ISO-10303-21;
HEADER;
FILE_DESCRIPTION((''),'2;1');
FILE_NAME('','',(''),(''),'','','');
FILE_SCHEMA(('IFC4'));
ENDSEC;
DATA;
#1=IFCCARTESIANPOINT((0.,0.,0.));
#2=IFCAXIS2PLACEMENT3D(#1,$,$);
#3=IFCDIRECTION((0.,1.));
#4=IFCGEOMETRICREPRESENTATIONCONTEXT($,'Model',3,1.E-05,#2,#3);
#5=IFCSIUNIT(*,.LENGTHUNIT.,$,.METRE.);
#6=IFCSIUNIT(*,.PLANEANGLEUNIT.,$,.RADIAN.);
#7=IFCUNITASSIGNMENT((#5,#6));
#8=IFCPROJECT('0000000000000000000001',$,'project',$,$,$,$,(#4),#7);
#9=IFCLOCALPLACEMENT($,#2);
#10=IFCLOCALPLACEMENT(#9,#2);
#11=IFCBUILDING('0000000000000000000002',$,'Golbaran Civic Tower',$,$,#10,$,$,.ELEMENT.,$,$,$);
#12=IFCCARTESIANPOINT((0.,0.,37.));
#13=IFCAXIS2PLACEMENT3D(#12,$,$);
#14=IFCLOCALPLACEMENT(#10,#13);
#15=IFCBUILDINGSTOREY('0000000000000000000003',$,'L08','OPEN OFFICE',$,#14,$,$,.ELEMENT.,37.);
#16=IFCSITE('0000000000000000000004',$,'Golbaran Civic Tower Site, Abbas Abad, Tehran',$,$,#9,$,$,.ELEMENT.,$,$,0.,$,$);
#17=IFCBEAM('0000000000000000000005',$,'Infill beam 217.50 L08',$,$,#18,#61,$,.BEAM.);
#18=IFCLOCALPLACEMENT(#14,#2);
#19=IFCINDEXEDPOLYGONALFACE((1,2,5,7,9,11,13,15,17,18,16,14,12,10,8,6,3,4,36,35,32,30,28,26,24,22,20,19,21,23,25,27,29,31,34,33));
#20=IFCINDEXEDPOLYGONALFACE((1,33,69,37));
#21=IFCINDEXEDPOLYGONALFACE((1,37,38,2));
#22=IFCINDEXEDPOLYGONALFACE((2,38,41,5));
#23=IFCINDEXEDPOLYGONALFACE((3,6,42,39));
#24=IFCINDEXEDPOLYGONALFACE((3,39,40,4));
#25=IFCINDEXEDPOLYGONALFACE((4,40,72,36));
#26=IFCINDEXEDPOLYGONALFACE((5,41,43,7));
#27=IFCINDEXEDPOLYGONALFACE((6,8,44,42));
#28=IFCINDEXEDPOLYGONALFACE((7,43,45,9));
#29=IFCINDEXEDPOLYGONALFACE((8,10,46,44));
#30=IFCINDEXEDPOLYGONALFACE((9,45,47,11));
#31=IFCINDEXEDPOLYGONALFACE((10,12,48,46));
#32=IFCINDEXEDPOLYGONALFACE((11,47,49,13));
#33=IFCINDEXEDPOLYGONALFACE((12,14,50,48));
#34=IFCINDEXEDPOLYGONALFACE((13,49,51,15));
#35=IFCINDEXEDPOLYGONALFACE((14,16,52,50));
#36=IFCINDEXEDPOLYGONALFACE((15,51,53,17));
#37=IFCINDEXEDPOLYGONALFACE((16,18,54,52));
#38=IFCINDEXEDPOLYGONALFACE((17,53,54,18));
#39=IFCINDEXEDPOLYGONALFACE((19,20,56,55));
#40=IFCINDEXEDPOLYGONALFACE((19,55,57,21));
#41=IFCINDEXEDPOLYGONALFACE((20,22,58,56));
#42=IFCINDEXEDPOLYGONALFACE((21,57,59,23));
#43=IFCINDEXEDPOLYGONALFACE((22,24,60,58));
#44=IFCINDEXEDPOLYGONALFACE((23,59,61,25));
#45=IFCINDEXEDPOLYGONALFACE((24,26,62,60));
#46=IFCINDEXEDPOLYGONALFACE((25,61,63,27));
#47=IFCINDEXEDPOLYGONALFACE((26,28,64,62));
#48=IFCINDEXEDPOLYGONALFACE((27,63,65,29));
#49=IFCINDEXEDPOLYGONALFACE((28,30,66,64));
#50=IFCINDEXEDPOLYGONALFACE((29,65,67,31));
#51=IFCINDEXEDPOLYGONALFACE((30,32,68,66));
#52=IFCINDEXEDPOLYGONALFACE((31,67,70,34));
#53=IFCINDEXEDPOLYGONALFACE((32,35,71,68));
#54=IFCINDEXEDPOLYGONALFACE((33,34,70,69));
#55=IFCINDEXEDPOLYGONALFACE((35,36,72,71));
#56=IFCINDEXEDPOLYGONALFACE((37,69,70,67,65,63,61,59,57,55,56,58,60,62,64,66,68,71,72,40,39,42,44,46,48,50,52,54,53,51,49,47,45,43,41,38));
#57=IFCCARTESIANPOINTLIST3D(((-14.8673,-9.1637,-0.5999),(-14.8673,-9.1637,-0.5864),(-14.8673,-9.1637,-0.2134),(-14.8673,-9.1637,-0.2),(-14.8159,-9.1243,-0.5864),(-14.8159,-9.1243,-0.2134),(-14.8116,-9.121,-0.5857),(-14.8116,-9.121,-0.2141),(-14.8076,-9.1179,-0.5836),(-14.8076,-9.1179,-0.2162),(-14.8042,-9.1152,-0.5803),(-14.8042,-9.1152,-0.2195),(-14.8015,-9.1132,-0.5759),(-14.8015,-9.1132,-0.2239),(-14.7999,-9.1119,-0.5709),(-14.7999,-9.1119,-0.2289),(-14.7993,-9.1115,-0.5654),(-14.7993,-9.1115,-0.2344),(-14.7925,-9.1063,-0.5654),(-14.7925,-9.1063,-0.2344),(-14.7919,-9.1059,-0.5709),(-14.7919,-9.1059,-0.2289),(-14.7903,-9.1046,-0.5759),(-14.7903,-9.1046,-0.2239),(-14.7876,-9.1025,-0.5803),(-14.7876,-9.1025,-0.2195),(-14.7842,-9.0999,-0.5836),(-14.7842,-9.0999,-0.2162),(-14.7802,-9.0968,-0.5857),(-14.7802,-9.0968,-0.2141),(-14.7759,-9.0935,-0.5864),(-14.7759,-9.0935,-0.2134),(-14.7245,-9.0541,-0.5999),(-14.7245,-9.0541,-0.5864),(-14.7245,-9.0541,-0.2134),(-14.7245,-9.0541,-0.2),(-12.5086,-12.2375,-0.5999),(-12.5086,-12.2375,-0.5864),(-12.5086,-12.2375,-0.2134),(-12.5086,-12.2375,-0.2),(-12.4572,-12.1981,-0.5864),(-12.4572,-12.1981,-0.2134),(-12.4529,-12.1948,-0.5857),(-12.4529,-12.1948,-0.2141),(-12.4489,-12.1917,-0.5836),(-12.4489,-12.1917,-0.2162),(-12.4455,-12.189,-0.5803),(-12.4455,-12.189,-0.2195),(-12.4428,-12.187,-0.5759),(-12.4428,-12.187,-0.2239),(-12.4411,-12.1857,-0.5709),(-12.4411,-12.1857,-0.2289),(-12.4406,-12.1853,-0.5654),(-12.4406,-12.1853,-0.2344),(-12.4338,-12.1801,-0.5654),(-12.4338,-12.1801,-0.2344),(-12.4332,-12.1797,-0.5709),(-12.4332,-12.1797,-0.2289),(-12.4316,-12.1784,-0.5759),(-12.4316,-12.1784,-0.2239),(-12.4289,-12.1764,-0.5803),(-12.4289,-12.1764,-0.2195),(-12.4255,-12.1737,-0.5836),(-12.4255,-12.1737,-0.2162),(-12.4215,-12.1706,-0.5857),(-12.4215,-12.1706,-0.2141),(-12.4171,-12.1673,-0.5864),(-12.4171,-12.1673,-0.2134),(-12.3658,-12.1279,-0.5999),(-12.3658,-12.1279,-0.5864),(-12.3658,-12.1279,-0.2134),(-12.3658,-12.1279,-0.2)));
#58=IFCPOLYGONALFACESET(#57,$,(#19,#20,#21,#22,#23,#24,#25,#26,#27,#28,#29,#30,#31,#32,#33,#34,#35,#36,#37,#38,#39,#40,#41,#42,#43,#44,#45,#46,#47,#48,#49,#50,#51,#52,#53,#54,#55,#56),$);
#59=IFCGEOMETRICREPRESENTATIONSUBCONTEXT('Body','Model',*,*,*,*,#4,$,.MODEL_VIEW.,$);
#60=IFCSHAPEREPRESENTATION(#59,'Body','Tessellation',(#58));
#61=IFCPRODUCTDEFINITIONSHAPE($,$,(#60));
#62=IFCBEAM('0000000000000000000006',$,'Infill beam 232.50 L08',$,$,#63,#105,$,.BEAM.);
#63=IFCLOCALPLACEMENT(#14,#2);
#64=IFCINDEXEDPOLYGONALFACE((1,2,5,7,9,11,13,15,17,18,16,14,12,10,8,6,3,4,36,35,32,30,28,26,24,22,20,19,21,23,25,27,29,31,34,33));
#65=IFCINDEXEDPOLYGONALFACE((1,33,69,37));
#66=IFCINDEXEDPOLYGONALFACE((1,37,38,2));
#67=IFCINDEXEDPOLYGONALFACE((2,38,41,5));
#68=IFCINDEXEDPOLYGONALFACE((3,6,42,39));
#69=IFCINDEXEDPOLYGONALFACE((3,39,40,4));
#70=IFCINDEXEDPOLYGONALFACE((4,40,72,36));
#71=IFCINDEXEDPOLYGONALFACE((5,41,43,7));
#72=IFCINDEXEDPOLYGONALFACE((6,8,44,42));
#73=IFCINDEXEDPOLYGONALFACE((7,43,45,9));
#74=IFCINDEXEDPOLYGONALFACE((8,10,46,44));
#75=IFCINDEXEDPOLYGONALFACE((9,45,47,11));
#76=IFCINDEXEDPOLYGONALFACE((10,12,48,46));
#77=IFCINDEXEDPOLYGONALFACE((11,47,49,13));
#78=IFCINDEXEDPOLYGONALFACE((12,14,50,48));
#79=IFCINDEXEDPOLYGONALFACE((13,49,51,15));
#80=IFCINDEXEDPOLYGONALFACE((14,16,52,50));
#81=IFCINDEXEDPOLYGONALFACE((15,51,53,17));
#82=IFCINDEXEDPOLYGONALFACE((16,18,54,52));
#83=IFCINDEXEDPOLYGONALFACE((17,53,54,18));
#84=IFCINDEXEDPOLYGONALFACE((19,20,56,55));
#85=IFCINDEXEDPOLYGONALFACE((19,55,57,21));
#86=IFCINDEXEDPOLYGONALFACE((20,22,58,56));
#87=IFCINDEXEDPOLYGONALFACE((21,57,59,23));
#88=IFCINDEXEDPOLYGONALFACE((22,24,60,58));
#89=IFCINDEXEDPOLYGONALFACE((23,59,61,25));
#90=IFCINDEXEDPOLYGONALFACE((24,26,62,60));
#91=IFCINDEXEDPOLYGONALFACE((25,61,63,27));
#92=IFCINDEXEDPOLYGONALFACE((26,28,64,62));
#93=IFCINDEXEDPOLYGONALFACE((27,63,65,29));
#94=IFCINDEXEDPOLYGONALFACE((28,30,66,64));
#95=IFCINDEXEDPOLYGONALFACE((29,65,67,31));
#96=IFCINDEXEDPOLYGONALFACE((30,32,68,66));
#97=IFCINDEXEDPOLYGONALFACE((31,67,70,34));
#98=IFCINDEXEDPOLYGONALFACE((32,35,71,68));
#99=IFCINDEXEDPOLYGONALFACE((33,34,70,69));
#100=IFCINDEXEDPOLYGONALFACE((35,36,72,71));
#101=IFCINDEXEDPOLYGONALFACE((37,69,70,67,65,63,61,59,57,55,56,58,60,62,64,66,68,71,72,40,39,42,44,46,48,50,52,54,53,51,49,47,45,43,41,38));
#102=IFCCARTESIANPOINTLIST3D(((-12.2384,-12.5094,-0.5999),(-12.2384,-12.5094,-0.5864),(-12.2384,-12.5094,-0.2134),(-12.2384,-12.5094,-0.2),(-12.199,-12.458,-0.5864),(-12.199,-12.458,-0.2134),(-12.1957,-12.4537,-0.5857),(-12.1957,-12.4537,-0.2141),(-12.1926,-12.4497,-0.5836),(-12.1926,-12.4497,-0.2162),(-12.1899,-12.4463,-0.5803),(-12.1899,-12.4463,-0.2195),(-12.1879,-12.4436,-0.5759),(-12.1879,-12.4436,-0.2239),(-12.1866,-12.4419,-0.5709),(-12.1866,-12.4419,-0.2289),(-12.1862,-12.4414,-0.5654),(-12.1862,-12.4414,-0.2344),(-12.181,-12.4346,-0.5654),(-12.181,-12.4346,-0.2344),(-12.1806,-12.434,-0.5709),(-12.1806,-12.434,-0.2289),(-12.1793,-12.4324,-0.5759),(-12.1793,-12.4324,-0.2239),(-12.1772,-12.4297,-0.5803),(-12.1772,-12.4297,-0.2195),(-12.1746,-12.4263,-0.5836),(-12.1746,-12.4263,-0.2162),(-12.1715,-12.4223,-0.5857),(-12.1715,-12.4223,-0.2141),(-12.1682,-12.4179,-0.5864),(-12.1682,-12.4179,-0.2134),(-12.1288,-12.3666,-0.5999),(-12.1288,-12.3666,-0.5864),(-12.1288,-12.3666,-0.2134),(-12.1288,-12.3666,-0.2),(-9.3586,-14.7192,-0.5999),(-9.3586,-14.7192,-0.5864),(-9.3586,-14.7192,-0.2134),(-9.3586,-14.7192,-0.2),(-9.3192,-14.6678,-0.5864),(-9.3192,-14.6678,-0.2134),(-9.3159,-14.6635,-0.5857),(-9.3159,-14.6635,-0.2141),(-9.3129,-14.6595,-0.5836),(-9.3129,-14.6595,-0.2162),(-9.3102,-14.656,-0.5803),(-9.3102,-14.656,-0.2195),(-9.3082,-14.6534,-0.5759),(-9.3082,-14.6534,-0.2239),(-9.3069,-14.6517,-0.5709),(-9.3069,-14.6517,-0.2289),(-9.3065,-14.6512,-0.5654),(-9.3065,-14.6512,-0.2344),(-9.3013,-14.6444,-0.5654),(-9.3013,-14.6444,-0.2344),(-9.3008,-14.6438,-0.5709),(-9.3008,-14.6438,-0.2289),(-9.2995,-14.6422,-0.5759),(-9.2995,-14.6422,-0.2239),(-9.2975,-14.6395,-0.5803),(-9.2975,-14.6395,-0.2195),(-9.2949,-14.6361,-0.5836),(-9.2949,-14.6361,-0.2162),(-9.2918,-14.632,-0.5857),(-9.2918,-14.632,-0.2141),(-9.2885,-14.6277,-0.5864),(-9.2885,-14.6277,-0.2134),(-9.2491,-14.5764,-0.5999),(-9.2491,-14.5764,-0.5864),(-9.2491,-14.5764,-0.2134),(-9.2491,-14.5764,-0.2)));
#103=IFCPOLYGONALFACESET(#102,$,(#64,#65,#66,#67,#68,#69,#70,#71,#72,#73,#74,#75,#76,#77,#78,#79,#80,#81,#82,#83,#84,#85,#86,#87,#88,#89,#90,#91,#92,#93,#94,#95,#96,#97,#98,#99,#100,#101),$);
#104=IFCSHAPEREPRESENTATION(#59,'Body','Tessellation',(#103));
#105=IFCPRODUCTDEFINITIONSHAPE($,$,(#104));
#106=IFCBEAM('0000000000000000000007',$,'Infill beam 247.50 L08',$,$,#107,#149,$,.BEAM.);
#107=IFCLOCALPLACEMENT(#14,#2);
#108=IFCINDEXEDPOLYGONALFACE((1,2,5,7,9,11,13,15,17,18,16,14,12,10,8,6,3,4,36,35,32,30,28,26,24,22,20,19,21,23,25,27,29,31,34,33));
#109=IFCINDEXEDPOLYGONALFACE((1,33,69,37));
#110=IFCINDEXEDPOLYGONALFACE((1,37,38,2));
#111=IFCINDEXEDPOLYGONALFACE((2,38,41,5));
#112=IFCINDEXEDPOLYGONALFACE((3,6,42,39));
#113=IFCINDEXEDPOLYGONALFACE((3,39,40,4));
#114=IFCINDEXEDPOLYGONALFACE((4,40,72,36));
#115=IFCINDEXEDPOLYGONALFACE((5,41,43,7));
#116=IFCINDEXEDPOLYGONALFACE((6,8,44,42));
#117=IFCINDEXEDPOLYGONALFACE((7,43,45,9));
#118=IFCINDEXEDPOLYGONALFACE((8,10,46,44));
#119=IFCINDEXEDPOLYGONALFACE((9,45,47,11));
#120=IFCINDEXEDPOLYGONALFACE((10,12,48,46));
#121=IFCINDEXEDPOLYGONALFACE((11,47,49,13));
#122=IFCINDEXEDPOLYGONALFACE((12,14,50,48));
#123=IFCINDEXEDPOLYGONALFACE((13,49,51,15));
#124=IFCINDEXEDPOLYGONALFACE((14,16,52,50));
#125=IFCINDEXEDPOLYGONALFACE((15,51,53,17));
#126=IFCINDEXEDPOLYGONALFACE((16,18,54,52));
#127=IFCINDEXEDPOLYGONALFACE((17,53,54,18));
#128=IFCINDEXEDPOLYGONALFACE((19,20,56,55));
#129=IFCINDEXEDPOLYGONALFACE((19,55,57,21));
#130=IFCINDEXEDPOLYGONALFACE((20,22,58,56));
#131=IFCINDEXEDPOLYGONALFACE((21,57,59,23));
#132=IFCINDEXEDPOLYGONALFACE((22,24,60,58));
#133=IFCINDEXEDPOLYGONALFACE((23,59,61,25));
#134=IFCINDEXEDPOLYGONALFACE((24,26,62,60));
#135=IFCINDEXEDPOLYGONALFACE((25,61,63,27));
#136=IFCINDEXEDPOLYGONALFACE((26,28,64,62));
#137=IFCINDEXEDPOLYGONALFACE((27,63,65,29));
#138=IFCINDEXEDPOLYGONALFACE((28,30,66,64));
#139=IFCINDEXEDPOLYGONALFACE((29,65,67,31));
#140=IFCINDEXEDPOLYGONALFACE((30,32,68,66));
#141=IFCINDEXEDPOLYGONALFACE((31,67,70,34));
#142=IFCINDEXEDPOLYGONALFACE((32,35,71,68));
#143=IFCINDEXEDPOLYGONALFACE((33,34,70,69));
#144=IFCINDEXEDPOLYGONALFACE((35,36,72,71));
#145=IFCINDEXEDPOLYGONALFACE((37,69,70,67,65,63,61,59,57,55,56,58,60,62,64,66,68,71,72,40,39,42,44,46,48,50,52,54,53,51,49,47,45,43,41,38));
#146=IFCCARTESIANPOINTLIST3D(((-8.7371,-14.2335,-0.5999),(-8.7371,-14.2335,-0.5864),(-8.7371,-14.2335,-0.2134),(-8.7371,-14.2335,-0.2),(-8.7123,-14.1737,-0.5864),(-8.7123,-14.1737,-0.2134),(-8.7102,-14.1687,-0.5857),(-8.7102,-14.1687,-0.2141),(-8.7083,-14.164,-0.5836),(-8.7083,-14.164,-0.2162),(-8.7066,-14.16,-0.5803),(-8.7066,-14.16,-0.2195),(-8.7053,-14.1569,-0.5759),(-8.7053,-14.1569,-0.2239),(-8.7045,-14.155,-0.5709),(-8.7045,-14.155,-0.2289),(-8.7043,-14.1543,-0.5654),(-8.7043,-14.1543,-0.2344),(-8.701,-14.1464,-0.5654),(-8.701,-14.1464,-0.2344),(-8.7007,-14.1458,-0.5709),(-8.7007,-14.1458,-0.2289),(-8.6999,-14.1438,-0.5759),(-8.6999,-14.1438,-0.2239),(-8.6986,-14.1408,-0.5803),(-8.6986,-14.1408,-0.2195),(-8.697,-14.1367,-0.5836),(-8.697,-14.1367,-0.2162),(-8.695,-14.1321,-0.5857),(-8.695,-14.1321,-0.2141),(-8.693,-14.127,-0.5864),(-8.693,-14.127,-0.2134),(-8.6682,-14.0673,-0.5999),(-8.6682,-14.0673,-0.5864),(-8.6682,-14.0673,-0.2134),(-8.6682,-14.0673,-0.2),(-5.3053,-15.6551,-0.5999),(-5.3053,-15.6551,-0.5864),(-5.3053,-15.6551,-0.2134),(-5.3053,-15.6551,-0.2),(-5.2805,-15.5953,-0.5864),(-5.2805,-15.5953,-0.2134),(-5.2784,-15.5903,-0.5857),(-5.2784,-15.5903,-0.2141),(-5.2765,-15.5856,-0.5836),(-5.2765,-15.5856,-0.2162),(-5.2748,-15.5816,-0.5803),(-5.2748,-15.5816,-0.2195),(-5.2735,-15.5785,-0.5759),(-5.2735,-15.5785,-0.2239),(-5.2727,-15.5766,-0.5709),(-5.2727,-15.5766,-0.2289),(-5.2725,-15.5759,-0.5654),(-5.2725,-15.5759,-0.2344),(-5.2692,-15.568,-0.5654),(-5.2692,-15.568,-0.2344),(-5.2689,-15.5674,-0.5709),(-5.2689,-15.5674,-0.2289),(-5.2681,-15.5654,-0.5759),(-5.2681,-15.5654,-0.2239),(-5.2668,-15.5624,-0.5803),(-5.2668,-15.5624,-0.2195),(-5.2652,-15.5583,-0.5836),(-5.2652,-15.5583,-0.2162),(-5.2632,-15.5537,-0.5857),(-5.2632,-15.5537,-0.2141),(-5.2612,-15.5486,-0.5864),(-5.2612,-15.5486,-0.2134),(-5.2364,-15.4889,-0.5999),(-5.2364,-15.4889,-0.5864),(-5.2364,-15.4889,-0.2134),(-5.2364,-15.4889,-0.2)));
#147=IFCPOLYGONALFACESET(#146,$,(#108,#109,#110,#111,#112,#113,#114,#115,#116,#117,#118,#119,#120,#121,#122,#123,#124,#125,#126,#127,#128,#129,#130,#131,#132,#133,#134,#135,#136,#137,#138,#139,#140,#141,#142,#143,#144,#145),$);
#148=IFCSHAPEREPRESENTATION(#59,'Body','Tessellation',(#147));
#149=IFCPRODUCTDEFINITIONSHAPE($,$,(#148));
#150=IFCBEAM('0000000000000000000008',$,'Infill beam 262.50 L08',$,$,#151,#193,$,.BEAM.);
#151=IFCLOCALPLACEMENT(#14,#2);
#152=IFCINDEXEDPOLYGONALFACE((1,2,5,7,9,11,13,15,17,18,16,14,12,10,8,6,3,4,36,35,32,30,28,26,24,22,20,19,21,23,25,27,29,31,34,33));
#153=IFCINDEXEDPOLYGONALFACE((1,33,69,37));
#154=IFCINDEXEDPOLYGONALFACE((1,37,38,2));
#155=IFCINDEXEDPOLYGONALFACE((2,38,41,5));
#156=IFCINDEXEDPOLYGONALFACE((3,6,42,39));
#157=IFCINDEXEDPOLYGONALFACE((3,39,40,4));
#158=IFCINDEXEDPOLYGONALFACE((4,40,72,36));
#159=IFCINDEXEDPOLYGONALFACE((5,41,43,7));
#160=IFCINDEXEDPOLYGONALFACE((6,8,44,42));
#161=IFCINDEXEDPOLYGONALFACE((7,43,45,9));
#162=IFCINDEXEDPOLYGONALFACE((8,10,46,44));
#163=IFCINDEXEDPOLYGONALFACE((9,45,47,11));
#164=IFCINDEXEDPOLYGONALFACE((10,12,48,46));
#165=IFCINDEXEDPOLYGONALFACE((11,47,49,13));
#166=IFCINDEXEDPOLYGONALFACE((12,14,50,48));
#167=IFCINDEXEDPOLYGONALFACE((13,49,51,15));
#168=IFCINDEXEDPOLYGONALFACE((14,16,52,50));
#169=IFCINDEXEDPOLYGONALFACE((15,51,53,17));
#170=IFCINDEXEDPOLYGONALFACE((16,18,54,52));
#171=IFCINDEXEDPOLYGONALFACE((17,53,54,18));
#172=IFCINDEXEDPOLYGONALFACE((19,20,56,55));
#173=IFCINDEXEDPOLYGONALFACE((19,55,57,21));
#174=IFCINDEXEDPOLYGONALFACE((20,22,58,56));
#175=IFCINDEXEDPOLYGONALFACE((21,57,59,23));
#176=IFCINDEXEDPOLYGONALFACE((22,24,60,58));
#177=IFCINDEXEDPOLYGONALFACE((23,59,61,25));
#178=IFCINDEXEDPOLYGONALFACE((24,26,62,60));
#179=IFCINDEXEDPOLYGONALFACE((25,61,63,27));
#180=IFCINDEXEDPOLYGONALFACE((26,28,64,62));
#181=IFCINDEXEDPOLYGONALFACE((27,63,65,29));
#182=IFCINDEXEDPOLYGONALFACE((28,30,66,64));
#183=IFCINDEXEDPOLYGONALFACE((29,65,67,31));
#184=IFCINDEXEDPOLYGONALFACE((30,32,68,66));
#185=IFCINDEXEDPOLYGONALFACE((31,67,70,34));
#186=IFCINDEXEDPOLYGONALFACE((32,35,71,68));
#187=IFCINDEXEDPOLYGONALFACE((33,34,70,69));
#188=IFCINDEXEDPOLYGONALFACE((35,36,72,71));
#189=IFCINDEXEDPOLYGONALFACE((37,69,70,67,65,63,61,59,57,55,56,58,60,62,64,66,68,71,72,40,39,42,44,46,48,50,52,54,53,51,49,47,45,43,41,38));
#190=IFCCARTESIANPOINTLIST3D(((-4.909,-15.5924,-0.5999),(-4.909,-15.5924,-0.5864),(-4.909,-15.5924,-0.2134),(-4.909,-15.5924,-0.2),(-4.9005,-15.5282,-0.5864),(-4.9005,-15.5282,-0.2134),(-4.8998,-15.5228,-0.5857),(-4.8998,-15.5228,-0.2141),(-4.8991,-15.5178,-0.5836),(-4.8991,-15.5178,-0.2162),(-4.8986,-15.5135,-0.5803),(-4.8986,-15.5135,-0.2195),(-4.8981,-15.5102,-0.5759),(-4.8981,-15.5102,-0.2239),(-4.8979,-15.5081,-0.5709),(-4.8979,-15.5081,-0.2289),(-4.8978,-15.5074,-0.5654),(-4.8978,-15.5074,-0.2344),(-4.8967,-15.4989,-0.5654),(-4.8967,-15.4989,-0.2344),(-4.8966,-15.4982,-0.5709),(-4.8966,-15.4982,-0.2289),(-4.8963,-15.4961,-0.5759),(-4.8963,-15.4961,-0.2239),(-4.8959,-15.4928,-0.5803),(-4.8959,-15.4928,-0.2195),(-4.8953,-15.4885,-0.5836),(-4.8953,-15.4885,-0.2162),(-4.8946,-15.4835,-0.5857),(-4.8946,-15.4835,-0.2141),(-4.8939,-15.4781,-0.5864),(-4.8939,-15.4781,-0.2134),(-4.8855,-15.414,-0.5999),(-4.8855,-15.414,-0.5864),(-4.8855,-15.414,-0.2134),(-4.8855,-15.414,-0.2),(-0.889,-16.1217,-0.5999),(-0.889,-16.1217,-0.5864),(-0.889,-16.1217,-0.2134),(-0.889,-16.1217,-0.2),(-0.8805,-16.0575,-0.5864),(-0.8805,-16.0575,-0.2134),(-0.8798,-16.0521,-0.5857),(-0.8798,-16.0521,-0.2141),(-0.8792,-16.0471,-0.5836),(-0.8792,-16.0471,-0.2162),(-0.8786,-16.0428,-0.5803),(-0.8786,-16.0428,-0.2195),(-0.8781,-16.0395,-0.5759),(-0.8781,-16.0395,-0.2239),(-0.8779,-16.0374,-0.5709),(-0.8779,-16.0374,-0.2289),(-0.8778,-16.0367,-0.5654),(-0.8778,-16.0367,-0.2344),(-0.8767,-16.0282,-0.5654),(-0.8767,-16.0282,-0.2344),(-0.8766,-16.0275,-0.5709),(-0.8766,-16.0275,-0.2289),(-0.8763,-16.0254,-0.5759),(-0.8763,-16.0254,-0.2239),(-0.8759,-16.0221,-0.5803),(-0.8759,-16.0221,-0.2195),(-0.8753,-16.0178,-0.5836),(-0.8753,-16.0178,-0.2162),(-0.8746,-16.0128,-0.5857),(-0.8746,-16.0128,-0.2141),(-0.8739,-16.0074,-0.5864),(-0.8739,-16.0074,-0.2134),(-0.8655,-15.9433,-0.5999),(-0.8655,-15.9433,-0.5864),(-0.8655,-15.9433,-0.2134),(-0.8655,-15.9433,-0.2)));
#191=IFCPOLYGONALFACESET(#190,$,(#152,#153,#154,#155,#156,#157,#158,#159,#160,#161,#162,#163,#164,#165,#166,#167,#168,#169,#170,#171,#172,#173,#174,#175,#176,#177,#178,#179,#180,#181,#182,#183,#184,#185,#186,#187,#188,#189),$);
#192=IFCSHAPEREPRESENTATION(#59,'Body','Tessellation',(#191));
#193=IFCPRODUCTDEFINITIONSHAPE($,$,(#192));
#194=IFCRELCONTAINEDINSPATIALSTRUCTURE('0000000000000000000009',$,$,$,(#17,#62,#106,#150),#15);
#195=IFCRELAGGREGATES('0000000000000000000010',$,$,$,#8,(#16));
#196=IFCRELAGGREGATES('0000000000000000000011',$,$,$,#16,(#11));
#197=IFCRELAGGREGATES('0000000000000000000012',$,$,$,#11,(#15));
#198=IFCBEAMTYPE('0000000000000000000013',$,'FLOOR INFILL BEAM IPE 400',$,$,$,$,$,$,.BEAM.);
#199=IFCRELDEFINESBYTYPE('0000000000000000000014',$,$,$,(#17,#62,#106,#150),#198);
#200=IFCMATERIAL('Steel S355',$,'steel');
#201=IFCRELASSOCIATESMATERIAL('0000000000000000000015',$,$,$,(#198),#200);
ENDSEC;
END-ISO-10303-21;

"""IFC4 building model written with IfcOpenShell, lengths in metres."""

from ifc_helpers import new_model, si_unit, direction, frame, origin, origin_2d, place, context, subcontext, project, spatial, i_section, extrude, material, material_profile, profile_set, type_object, element, save


model = new_model("IFC4")

# Units and contexts
model_context = context("Model", 3, precision=1e-05, world=origin(), true_north=direction((0.0, 1.0)))
body_context = subcontext(model_context, "Body", "Model", "MODEL_VIEW")
ifc_project = project(units=[si_unit("LENGTHUNIT", "METRE"), si_unit("PLANEANGLEUNIT", "RADIAN")], contexts=[model_context])

# Site, building, storey
site_placement = place(None, origin())
site = spatial("IfcSite", under=ifc_project, at=site_placement, Name="Golbaran Civic Tower Site, Abbas Abad, Tehran", CompositionType="ELEMENT", RefElevation=0.0)
building_placement = place(site_placement, origin())
building = spatial("IfcBuilding", under=site, at=building_placement, Name="Golbaran Civic Tower", CompositionType="ELEMENT")
storey_placement = place(building_placement, frame((0.0, 0.0, 37.0)))
storey = spatial("IfcBuildingStorey", under=building, at=storey_placement, Name="L08", Description="OPEN OFFICE", CompositionType="ELEMENT", Elevation=37.0)

# Beams
ifc_material_1 = material(Name="Steel S355", Category="steel")
ifc_material_profile_1 = material_profile(ifc_material_1, i_section(OverallWidth=0.1799, OverallDepth=0.3999, WebThickness=0.0085, FlangeThickness=0.0134, FilletRadius=0.021, at=origin_2d()), Name="IPE 400")
ifc_profile_set_1 = profile_set([ifc_material_profile_1], Name="Steel S355")
beam_type_1 = type_object("IfcBeamType", Name="FLOOR INFILL BEAM IPE 400", PredefinedType="BEAM", material=ifc_profile_set_1)
beam_1_placement = place(storey_placement, frame((-14.7959, -9.1089, -0.3999), z_axis=(0.608775, -0.793343, 0.0), x_axis=(0.793343, 0.608775, 0.0)))
element("IfcBeam", 1, at=beam_1_placement, inside=storey, type_object=beam_type_1, Name="Infill beam 217.50 L08", PredefinedType="BEAM", context=body_context, shape_type="SweptSolid", body=[
    extrude(i_section(OverallWidth=0.1799, OverallDepth=0.3999, WebThickness=0.0085, FlangeThickness=0.0134, FilletRadius=0.021, at=origin_2d()), origin(), (0.0, 0.0, 1.0), 3.8745),
])
beam_2_placement = place(storey_placement, frame((-12.1836, -12.438, -0.3999), z_axis=(0.793341, -0.608777, 0.0), x_axis=(0.608777, 0.793341, 0.0)))
element("IfcBeam", 2, at=beam_2_placement, inside=storey, type_object=beam_type_1, Name="Infill beam 232.50 L08", PredefinedType="BEAM", context=body_context, shape_type="SweptSolid", body=[
    extrude(i_section(OverallWidth=0.1799, OverallDepth=0.3999, WebThickness=0.0085, FlangeThickness=0.0134, FilletRadius=0.021, at=origin_2d()), origin(), (0.0, 0.0, 1.0), 3.6299),
])
beam_3_placement = place(storey_placement, frame((-8.7026, -14.1504, -0.3999), z_axis=(0.92387, -0.382706, 0.0), x_axis=(0.382706, 0.92387, 0.0)))
element("IfcBeam", 3, at=beam_3_placement, inside=storey, type_object=beam_type_1, Name="Infill beam 247.50 L08", PredefinedType="BEAM", context=body_context, shape_type="SweptSolid", body=[
    extrude(i_section(OverallWidth=0.1799, OverallDepth=0.3999, WebThickness=0.0085, FlangeThickness=0.0134, FilletRadius=0.021, at=origin_2d()), origin(), (0.0, 0.0, 1.0), 3.7146),
])
beam_4_placement = place(storey_placement, frame((-4.8972, -15.5032, -0.3999), z_axis=(0.991443, -0.130539, 0.0), x_axis=(0.130539, 0.991443, 0.0)))
element("IfcBeam", 4, at=beam_4_placement, inside=storey, type_object=beam_type_1, Name="Infill beam 262.50 L08", PredefinedType="BEAM", context=body_context, shape_type="SweptSolid", body=[
    extrude(i_section(OverallWidth=0.1799, OverallDepth=0.3999, WebThickness=0.0085, FlangeThickness=0.0134, FilletRadius=0.021, at=origin_2d()), origin(), (0.0, 0.0, 1.0), 4.0547),
])

save(model, "model.ifc")
